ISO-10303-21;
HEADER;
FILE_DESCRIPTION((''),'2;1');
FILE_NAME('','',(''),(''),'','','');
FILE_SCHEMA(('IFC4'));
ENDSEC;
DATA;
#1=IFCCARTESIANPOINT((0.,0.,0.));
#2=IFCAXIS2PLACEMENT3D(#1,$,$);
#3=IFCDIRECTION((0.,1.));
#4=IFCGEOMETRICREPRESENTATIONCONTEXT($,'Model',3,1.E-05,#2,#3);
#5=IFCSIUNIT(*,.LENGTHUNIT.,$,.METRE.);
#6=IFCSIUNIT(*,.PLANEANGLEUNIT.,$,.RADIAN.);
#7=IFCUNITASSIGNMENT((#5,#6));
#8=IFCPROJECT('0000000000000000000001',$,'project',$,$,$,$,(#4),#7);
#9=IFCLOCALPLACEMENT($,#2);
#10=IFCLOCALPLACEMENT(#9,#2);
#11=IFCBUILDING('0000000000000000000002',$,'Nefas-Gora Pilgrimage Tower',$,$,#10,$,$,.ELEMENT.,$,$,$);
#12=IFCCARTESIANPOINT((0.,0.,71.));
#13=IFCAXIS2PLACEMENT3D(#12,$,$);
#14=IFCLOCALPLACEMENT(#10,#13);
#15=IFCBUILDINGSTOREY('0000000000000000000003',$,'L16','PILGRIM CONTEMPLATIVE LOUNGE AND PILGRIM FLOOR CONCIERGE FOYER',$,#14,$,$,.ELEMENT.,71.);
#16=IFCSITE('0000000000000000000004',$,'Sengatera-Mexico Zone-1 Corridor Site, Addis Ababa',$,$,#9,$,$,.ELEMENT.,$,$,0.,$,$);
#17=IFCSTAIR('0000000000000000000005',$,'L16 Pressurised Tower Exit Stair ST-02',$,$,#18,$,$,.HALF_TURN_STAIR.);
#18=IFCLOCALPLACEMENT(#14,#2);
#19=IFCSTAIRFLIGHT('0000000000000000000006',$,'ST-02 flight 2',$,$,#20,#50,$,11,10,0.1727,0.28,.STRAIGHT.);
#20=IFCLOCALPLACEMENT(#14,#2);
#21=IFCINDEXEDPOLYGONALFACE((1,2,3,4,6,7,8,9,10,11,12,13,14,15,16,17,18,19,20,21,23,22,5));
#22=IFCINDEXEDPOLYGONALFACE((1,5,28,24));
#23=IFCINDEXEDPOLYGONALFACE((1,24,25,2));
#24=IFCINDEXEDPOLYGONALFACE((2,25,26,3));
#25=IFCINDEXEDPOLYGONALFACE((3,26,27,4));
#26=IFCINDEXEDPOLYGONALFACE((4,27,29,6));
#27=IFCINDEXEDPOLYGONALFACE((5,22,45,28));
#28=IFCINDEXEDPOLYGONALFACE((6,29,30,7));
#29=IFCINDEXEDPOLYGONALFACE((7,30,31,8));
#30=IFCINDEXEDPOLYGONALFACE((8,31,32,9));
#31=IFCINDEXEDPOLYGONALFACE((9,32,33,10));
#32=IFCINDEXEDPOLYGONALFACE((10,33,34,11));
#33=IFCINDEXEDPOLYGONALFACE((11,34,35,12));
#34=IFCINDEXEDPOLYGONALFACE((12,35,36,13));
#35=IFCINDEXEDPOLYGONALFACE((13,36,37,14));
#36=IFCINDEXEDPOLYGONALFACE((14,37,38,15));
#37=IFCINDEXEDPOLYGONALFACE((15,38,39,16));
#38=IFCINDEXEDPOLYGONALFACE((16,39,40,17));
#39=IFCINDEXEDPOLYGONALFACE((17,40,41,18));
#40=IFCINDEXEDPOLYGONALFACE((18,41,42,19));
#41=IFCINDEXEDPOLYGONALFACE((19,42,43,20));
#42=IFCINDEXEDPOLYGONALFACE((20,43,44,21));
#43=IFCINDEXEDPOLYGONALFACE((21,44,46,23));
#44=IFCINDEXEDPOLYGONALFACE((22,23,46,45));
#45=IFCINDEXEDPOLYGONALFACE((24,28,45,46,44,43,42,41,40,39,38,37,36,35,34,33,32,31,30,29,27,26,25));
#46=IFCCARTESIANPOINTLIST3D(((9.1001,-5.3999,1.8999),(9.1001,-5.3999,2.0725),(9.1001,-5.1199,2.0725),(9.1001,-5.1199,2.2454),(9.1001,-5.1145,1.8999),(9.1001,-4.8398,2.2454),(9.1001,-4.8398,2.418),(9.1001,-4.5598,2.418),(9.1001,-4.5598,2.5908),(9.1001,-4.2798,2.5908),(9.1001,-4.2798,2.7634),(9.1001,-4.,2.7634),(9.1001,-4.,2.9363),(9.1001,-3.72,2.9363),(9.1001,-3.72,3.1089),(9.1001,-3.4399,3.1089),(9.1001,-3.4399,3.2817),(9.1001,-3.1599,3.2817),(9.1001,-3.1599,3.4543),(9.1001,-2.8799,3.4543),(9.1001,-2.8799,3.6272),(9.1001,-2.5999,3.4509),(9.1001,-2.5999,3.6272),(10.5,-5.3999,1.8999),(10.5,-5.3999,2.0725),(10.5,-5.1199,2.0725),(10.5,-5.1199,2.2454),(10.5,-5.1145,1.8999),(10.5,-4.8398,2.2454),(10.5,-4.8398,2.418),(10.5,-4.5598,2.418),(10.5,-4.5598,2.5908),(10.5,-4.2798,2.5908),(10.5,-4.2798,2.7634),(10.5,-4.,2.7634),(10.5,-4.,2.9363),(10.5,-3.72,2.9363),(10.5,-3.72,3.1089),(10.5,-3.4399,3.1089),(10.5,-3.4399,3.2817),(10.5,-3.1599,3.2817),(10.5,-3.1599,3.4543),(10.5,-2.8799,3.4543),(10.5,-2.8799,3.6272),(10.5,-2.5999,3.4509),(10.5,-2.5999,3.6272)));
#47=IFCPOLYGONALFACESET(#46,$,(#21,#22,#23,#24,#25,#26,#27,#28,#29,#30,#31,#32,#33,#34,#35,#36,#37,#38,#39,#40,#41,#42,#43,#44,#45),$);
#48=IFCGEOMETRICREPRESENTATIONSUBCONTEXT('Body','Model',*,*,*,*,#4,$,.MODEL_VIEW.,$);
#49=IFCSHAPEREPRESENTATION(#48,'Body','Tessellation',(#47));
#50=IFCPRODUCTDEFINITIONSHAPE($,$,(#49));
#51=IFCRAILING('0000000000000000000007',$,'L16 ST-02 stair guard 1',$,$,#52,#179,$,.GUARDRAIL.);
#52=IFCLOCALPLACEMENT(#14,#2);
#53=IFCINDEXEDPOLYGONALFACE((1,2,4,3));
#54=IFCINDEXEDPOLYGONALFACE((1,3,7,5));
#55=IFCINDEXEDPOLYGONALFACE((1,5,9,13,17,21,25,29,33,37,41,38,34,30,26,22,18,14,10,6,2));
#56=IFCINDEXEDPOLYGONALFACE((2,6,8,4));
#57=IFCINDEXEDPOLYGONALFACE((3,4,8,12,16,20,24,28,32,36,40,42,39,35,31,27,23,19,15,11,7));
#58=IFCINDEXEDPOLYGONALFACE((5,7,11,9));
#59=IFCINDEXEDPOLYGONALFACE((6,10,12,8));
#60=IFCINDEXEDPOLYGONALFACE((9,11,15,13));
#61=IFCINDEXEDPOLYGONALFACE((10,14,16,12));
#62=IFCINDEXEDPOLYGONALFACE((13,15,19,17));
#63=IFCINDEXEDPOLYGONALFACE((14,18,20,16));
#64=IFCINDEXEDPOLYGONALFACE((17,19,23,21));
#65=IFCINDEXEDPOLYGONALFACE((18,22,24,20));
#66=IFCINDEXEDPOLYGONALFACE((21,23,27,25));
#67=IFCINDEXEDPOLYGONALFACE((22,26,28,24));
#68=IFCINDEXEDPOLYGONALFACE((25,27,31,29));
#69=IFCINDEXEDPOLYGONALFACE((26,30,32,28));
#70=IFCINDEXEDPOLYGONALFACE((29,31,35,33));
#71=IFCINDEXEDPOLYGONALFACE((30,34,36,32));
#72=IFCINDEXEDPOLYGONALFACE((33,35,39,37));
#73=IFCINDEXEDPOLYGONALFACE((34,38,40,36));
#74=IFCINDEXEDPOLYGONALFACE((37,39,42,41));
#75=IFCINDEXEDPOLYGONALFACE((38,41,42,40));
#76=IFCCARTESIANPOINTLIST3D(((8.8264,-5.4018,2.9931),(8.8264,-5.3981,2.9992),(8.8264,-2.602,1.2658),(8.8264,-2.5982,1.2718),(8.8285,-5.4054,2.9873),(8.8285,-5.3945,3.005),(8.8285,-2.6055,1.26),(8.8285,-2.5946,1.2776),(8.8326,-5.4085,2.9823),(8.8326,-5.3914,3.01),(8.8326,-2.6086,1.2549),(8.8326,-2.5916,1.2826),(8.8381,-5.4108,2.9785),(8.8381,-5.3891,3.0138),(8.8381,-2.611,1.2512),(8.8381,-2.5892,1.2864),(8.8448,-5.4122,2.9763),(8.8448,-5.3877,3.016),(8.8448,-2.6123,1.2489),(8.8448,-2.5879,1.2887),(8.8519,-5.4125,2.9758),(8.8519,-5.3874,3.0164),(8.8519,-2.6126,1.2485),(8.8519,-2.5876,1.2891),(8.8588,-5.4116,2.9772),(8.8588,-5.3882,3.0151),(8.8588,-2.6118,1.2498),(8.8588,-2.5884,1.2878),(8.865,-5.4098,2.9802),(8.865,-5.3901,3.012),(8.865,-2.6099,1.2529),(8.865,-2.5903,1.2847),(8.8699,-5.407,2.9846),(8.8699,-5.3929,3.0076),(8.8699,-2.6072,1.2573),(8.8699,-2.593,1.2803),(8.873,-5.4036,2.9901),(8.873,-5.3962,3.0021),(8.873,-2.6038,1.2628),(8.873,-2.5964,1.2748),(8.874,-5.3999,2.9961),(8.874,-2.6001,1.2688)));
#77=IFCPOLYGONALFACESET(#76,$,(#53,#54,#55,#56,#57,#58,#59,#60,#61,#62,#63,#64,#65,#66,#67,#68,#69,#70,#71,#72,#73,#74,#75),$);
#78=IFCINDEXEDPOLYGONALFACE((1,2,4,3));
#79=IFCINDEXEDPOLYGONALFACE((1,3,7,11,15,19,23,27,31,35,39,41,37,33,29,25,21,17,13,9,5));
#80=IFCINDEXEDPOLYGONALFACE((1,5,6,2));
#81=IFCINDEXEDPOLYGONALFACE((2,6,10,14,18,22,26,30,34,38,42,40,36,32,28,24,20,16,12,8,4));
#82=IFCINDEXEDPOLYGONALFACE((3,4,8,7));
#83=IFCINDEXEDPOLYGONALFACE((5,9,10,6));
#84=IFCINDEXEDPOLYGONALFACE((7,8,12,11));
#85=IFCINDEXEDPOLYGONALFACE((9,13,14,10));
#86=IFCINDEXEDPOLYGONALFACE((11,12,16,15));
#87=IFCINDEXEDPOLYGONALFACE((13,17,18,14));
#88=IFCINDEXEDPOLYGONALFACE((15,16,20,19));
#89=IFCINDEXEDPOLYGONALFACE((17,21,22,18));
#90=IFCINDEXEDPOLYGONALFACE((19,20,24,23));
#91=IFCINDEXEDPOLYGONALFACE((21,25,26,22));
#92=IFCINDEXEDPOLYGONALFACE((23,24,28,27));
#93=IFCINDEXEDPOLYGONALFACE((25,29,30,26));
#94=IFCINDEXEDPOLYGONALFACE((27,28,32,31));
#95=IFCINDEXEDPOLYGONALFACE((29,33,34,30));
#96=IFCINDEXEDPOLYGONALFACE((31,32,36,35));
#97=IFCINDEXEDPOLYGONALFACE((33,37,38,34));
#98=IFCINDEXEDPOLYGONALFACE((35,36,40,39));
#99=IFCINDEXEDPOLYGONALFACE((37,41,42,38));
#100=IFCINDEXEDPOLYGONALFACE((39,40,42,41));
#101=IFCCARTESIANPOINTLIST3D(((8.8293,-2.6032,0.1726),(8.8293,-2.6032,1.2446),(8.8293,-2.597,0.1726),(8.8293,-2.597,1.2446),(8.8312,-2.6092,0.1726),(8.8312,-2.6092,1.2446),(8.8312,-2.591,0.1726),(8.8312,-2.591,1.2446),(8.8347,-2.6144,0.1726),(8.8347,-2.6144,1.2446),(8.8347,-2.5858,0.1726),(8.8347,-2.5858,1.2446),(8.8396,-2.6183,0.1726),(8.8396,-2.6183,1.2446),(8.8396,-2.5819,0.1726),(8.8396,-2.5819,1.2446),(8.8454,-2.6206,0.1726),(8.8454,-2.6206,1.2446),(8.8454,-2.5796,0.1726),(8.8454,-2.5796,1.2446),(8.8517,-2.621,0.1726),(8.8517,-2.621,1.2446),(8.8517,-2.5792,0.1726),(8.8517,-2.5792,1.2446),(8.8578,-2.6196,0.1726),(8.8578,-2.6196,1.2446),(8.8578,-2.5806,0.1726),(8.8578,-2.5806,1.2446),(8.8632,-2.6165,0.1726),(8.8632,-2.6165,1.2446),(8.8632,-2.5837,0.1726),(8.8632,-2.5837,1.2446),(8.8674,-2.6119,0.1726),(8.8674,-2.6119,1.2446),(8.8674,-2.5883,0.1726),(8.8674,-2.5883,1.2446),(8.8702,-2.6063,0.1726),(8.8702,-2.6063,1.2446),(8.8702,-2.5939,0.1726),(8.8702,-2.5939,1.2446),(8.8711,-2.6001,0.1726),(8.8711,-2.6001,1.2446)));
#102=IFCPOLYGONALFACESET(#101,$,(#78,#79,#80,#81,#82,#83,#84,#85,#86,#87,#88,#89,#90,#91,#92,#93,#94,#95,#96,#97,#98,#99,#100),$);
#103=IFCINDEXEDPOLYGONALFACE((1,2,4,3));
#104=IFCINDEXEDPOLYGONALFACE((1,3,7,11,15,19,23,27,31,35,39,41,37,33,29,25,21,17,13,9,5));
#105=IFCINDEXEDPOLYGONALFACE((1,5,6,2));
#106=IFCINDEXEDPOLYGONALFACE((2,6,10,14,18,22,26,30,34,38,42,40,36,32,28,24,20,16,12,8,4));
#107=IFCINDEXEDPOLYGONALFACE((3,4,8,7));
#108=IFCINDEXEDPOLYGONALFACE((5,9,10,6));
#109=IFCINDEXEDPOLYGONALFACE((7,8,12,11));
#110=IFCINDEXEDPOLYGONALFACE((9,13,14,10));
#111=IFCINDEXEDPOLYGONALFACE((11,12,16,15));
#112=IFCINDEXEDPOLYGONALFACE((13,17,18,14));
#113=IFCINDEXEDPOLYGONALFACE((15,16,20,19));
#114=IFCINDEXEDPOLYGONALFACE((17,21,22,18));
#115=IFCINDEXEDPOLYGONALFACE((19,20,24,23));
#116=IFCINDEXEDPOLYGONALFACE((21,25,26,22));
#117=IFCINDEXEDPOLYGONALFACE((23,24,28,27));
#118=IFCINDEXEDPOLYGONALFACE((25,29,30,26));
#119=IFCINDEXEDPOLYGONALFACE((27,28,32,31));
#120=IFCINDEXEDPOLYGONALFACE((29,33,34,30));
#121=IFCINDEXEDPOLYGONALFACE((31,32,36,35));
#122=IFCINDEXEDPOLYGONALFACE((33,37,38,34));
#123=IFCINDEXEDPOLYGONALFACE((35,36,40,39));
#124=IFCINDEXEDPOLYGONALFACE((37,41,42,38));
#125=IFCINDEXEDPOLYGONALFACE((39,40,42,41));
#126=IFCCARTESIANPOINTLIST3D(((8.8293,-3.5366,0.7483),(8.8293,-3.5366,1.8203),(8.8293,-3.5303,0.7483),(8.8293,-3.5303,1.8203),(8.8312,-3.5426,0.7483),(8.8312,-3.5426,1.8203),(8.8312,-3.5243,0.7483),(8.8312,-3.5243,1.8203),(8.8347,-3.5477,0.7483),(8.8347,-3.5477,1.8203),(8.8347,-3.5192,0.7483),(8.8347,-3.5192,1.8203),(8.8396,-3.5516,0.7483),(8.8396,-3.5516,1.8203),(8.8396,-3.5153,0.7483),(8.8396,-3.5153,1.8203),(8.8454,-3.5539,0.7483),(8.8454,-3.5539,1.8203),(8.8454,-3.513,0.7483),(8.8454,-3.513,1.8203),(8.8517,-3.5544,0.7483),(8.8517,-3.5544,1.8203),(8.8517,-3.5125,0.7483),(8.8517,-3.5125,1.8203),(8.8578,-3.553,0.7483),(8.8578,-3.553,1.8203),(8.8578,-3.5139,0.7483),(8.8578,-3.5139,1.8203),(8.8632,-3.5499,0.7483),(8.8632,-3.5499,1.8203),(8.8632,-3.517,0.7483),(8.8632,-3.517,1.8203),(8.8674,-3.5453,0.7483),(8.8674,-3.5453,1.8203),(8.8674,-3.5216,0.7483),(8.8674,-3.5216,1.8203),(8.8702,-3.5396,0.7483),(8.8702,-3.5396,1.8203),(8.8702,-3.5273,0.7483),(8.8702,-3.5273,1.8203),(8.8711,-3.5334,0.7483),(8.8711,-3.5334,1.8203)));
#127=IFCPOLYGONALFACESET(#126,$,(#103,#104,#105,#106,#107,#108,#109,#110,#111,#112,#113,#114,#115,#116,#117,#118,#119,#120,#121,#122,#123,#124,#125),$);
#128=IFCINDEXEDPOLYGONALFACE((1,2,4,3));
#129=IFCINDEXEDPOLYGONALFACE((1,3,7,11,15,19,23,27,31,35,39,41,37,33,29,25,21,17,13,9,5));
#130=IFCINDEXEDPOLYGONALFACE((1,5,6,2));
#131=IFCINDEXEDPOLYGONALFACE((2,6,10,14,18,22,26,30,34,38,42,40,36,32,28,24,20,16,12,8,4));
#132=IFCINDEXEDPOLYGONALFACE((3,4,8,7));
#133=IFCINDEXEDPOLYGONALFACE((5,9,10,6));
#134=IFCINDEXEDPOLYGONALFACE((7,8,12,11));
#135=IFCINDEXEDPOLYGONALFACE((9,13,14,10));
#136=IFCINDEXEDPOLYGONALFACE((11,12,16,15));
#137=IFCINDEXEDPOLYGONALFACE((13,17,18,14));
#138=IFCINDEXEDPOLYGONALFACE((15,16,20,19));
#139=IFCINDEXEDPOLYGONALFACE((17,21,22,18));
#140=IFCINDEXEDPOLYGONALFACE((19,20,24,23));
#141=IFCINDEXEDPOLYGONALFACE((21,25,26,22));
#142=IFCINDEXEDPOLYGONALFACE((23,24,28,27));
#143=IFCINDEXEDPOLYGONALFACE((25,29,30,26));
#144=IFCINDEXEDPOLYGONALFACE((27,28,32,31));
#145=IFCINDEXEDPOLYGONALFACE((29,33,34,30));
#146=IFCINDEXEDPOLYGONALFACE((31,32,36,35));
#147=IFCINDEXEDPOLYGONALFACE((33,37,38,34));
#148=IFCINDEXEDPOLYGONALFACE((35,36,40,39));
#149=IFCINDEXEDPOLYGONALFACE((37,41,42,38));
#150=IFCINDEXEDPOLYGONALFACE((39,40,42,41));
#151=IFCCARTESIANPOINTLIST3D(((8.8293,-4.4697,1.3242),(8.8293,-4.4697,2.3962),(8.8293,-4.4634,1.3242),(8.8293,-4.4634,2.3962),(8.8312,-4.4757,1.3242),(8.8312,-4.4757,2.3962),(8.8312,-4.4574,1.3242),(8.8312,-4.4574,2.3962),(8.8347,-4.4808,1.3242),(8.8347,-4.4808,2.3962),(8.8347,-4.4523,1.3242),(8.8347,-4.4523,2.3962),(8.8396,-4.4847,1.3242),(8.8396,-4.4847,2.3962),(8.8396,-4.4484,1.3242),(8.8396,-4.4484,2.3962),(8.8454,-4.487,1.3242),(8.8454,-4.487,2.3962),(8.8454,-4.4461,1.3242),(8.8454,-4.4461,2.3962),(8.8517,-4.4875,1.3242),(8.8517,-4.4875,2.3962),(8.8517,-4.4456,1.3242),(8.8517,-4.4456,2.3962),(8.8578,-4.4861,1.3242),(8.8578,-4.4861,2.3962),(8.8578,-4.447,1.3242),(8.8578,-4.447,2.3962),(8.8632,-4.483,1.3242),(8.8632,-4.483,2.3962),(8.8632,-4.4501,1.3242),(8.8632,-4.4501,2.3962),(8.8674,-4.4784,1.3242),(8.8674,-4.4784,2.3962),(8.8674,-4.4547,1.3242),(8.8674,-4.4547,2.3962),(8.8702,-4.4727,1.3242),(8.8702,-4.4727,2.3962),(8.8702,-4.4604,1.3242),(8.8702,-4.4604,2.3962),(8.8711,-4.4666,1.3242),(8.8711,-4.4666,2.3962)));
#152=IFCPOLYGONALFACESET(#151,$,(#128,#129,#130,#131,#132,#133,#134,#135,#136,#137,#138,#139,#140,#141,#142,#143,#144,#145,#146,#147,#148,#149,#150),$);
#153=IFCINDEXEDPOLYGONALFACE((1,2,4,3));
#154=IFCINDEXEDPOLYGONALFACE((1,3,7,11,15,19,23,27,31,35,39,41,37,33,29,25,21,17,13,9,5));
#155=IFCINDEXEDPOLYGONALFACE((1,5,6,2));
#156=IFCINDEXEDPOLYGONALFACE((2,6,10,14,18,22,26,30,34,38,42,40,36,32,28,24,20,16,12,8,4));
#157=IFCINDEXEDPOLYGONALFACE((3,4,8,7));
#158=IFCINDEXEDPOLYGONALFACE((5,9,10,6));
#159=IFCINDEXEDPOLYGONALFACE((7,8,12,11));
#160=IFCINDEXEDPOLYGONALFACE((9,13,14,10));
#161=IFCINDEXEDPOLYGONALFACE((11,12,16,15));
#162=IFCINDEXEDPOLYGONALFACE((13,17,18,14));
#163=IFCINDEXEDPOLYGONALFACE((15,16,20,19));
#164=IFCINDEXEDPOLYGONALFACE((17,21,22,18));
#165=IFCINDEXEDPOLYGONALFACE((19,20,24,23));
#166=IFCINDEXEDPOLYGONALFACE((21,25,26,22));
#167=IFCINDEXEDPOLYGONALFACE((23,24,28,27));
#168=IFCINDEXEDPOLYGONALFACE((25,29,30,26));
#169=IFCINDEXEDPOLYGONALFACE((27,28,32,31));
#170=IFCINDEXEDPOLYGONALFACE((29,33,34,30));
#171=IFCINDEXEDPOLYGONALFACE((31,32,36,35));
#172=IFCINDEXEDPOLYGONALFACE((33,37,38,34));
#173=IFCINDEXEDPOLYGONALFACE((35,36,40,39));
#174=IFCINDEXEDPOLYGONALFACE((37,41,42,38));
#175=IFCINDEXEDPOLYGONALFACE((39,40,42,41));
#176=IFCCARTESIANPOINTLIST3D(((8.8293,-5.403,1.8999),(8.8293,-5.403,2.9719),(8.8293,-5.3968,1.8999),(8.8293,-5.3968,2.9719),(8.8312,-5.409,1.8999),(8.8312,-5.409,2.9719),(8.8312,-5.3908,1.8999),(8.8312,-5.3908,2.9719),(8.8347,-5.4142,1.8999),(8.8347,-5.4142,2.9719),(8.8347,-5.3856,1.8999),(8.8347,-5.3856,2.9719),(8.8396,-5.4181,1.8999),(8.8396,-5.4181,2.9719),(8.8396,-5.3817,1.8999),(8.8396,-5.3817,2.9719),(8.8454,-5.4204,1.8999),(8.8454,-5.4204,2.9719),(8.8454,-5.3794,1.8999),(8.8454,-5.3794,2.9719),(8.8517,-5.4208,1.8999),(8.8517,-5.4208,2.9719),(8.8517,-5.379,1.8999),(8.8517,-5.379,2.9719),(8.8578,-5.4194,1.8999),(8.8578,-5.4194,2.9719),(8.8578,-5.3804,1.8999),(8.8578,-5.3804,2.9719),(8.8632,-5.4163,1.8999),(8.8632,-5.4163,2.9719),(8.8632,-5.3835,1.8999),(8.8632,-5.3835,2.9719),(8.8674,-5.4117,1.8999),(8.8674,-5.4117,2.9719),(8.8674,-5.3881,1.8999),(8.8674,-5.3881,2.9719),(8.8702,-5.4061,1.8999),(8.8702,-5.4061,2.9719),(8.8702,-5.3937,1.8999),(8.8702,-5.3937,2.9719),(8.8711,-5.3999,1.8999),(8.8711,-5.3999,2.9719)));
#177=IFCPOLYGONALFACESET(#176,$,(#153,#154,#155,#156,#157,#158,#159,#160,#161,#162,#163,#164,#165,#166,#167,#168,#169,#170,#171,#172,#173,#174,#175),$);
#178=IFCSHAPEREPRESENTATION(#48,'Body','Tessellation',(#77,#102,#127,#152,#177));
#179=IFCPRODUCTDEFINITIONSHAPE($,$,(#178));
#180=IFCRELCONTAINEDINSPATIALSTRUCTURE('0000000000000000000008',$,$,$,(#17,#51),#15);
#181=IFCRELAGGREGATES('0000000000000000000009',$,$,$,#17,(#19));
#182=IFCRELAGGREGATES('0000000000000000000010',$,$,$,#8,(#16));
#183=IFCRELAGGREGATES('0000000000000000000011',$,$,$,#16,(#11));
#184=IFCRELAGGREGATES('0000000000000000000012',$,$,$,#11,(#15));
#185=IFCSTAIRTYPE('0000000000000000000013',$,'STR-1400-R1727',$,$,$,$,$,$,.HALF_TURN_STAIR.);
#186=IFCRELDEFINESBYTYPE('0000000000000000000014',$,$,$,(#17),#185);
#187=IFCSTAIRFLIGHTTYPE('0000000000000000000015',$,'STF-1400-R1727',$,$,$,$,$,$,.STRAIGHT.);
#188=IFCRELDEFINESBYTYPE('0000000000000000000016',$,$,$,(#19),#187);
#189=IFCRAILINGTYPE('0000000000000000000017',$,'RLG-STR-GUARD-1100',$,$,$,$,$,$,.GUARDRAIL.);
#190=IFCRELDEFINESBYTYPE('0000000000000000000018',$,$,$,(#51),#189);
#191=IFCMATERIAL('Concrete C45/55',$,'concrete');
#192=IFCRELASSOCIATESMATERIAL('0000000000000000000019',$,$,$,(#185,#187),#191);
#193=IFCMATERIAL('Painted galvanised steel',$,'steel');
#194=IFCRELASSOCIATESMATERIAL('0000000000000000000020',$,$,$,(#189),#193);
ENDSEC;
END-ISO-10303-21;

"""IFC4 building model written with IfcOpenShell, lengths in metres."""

from ifc_helpers import new_model, si_unit, direction, frame, origin, origin_2d, place, context, subcontext, project, spatial, polyline, circle, outline, extrude, source, transform, mapped, material, type_object, element, aggregate, save


model = new_model("IFC4")

# Units and contexts
model_context = context("Model", 3, precision=1e-05, world=origin(), true_north=direction((0.0, 1.0)))
body_context = subcontext(model_context, "Body", "Model", "MODEL_VIEW")
ifc_project = project(units=[si_unit("LENGTHUNIT", "METRE"), si_unit("PLANEANGLEUNIT", "RADIAN")], contexts=[model_context])

# Site, building, storey
site_placement = place(None, origin())
site = spatial("IfcSite", under=ifc_project, at=site_placement, Name="Sengatera-Mexico Zone-1 Corridor Site, Addis Ababa", CompositionType="ELEMENT", RefElevation=0.0)
building_placement = place(site_placement, origin())
building = spatial("IfcBuilding", under=site, at=building_placement, Name="Nefas-Gora Pilgrimage Tower", CompositionType="ELEMENT")
storey_placement = place(building_placement, frame((0.0, 0.0, 71.0)))
storey = spatial("IfcBuildingStorey", under=building, at=storey_placement, Name="L16", Description="PILGRIM CONTEMPLATIVE LOUNGE AND PILGRIM FLOOR CONCIERGE FOYER", CompositionType="ELEMENT", Elevation=71.0)

# Shared definitions
ifc_material_1 = material(Name="Concrete C45/55", Category="concrete")

# Stair, stair flight
stair_type = type_object("IfcStairType", Name="STR-1400-R1727", PredefinedType="HALF_TURN_STAIR", material=ifc_material_1)
stair_placement = place(storey_placement, origin())
stair = element("IfcStair", 1, at=stair_placement, inside=storey, type_object=stair_type, Name="L16 Pressurised Tower Exit Stair ST-02", PredefinedType="HALF_TURN_STAIR")
stair_flight_type = type_object("IfcStairFlightType", Name="STF-1400-R1727", PredefinedType="STRAIGHT", material=ifc_material_1)
shared_shape_1 = source(origin(), body_context, "Body", "SweptSolid", [
    extrude(outline(polyline([(0.0, 0.0), (0.0, 0.1726), (0.28, 0.1726), (0.28, 0.3455), (0.5601, 0.3455), (0.5601, 0.5181), (0.8401, 0.5181), (0.8401, 0.6909), (1.1201, 0.6909), (1.1201, 0.8635), (1.3999, 0.8635), (1.3999, 1.0364), (1.6799, 1.0364), (1.6799, 1.209), (1.96, 1.209), (1.96, 1.3818), (2.24, 1.3818), (2.24, 1.5544), (2.52, 1.5544), (2.52, 1.7273), (2.8, 1.7273), (2.8, 1.8999), (2.8, 1.551), (0.2854, 0.0), (0.0, 0.0)])), frame((0.0, 0.7, 0.0), z_axis=(0.0, -1.0, 0.0), x_axis=(1.0, 0.0, 0.0)), (0.0, 0.0, 1.0), 1.3999),
])
stair_flight_1_placement = place(storey_placement, frame((9.8, -5.3999, 1.8999), z_axis=(0.0, 0.0, 1.0), x_axis=(0.0, 1.0, 0.0)))
stair_flight_1 = element("IfcStairFlight", 2, at=stair_flight_1_placement, type_object=stair_flight_type, Name="ST-02 flight 2", NumberOfRisers=11, NumberOfTreads=10, PredefinedType="STRAIGHT", RiserHeight=0.1727, TreadLength=0.28, context=body_context, shape_type="MappedRepresentation", body=[
    mapped(shared_shape_1, transform((0.0, 0.0, 0.0), x_axis=(1.0, 0.0, 0.0), y_axis=(0.0, 1.0, 0.0), z_axis=(0.0, 0.0, 1.0), scale=1.0)),
])
aggregate(stair, [stair_flight_1])

# Railing
ifc_material_2 = material(Name="Painted galvanised steel", Category="steel")
railing_type_1 = type_object("IfcRailingType", Name="RLG-STR-GUARD-1100", PredefinedType="GUARDRAIL", material=ifc_material_2)
railing_1_placement = place(storey_placement, frame((8.8501, -2.6001, 0.1726)))
element("IfcRailing", 3, at=railing_1_placement, inside=storey, type_object=railing_type_1, Name="L16 ST-02 stair guard 1", PredefinedType="GUARDRAIL", context=body_context, shape_type="SweptSolid", body=[
    extrude(circle(Radius=0.0239, at=origin_2d()), frame((0.0, 0.0, 1.0962), z_axis=(0.0, -0.851069, 0.525054), x_axis=(1.0, 0.0, 0.0)), (0.0, 0.0, 1.0), 3.2898),
    extrude(circle(Radius=0.021, at=origin_2d()), origin(), (0.0, 0.0, 1.0), 1.072),
    extrude(circle(Radius=0.021, at=origin_2d()), frame((0.0, -0.9333, 0.5757)), (0.0, 0.0, 1.0), 1.072),
    extrude(circle(Radius=0.021, at=origin_2d()), frame((0.0, -1.8665, 1.1516)), (0.0, 0.0, 1.0), 1.072),
    extrude(circle(Radius=0.021, at=origin_2d()), frame((0.0, -2.7998, 1.7273)), (0.0, 0.0, 1.0), 1.072),
])

save(model, "model.ifc")
